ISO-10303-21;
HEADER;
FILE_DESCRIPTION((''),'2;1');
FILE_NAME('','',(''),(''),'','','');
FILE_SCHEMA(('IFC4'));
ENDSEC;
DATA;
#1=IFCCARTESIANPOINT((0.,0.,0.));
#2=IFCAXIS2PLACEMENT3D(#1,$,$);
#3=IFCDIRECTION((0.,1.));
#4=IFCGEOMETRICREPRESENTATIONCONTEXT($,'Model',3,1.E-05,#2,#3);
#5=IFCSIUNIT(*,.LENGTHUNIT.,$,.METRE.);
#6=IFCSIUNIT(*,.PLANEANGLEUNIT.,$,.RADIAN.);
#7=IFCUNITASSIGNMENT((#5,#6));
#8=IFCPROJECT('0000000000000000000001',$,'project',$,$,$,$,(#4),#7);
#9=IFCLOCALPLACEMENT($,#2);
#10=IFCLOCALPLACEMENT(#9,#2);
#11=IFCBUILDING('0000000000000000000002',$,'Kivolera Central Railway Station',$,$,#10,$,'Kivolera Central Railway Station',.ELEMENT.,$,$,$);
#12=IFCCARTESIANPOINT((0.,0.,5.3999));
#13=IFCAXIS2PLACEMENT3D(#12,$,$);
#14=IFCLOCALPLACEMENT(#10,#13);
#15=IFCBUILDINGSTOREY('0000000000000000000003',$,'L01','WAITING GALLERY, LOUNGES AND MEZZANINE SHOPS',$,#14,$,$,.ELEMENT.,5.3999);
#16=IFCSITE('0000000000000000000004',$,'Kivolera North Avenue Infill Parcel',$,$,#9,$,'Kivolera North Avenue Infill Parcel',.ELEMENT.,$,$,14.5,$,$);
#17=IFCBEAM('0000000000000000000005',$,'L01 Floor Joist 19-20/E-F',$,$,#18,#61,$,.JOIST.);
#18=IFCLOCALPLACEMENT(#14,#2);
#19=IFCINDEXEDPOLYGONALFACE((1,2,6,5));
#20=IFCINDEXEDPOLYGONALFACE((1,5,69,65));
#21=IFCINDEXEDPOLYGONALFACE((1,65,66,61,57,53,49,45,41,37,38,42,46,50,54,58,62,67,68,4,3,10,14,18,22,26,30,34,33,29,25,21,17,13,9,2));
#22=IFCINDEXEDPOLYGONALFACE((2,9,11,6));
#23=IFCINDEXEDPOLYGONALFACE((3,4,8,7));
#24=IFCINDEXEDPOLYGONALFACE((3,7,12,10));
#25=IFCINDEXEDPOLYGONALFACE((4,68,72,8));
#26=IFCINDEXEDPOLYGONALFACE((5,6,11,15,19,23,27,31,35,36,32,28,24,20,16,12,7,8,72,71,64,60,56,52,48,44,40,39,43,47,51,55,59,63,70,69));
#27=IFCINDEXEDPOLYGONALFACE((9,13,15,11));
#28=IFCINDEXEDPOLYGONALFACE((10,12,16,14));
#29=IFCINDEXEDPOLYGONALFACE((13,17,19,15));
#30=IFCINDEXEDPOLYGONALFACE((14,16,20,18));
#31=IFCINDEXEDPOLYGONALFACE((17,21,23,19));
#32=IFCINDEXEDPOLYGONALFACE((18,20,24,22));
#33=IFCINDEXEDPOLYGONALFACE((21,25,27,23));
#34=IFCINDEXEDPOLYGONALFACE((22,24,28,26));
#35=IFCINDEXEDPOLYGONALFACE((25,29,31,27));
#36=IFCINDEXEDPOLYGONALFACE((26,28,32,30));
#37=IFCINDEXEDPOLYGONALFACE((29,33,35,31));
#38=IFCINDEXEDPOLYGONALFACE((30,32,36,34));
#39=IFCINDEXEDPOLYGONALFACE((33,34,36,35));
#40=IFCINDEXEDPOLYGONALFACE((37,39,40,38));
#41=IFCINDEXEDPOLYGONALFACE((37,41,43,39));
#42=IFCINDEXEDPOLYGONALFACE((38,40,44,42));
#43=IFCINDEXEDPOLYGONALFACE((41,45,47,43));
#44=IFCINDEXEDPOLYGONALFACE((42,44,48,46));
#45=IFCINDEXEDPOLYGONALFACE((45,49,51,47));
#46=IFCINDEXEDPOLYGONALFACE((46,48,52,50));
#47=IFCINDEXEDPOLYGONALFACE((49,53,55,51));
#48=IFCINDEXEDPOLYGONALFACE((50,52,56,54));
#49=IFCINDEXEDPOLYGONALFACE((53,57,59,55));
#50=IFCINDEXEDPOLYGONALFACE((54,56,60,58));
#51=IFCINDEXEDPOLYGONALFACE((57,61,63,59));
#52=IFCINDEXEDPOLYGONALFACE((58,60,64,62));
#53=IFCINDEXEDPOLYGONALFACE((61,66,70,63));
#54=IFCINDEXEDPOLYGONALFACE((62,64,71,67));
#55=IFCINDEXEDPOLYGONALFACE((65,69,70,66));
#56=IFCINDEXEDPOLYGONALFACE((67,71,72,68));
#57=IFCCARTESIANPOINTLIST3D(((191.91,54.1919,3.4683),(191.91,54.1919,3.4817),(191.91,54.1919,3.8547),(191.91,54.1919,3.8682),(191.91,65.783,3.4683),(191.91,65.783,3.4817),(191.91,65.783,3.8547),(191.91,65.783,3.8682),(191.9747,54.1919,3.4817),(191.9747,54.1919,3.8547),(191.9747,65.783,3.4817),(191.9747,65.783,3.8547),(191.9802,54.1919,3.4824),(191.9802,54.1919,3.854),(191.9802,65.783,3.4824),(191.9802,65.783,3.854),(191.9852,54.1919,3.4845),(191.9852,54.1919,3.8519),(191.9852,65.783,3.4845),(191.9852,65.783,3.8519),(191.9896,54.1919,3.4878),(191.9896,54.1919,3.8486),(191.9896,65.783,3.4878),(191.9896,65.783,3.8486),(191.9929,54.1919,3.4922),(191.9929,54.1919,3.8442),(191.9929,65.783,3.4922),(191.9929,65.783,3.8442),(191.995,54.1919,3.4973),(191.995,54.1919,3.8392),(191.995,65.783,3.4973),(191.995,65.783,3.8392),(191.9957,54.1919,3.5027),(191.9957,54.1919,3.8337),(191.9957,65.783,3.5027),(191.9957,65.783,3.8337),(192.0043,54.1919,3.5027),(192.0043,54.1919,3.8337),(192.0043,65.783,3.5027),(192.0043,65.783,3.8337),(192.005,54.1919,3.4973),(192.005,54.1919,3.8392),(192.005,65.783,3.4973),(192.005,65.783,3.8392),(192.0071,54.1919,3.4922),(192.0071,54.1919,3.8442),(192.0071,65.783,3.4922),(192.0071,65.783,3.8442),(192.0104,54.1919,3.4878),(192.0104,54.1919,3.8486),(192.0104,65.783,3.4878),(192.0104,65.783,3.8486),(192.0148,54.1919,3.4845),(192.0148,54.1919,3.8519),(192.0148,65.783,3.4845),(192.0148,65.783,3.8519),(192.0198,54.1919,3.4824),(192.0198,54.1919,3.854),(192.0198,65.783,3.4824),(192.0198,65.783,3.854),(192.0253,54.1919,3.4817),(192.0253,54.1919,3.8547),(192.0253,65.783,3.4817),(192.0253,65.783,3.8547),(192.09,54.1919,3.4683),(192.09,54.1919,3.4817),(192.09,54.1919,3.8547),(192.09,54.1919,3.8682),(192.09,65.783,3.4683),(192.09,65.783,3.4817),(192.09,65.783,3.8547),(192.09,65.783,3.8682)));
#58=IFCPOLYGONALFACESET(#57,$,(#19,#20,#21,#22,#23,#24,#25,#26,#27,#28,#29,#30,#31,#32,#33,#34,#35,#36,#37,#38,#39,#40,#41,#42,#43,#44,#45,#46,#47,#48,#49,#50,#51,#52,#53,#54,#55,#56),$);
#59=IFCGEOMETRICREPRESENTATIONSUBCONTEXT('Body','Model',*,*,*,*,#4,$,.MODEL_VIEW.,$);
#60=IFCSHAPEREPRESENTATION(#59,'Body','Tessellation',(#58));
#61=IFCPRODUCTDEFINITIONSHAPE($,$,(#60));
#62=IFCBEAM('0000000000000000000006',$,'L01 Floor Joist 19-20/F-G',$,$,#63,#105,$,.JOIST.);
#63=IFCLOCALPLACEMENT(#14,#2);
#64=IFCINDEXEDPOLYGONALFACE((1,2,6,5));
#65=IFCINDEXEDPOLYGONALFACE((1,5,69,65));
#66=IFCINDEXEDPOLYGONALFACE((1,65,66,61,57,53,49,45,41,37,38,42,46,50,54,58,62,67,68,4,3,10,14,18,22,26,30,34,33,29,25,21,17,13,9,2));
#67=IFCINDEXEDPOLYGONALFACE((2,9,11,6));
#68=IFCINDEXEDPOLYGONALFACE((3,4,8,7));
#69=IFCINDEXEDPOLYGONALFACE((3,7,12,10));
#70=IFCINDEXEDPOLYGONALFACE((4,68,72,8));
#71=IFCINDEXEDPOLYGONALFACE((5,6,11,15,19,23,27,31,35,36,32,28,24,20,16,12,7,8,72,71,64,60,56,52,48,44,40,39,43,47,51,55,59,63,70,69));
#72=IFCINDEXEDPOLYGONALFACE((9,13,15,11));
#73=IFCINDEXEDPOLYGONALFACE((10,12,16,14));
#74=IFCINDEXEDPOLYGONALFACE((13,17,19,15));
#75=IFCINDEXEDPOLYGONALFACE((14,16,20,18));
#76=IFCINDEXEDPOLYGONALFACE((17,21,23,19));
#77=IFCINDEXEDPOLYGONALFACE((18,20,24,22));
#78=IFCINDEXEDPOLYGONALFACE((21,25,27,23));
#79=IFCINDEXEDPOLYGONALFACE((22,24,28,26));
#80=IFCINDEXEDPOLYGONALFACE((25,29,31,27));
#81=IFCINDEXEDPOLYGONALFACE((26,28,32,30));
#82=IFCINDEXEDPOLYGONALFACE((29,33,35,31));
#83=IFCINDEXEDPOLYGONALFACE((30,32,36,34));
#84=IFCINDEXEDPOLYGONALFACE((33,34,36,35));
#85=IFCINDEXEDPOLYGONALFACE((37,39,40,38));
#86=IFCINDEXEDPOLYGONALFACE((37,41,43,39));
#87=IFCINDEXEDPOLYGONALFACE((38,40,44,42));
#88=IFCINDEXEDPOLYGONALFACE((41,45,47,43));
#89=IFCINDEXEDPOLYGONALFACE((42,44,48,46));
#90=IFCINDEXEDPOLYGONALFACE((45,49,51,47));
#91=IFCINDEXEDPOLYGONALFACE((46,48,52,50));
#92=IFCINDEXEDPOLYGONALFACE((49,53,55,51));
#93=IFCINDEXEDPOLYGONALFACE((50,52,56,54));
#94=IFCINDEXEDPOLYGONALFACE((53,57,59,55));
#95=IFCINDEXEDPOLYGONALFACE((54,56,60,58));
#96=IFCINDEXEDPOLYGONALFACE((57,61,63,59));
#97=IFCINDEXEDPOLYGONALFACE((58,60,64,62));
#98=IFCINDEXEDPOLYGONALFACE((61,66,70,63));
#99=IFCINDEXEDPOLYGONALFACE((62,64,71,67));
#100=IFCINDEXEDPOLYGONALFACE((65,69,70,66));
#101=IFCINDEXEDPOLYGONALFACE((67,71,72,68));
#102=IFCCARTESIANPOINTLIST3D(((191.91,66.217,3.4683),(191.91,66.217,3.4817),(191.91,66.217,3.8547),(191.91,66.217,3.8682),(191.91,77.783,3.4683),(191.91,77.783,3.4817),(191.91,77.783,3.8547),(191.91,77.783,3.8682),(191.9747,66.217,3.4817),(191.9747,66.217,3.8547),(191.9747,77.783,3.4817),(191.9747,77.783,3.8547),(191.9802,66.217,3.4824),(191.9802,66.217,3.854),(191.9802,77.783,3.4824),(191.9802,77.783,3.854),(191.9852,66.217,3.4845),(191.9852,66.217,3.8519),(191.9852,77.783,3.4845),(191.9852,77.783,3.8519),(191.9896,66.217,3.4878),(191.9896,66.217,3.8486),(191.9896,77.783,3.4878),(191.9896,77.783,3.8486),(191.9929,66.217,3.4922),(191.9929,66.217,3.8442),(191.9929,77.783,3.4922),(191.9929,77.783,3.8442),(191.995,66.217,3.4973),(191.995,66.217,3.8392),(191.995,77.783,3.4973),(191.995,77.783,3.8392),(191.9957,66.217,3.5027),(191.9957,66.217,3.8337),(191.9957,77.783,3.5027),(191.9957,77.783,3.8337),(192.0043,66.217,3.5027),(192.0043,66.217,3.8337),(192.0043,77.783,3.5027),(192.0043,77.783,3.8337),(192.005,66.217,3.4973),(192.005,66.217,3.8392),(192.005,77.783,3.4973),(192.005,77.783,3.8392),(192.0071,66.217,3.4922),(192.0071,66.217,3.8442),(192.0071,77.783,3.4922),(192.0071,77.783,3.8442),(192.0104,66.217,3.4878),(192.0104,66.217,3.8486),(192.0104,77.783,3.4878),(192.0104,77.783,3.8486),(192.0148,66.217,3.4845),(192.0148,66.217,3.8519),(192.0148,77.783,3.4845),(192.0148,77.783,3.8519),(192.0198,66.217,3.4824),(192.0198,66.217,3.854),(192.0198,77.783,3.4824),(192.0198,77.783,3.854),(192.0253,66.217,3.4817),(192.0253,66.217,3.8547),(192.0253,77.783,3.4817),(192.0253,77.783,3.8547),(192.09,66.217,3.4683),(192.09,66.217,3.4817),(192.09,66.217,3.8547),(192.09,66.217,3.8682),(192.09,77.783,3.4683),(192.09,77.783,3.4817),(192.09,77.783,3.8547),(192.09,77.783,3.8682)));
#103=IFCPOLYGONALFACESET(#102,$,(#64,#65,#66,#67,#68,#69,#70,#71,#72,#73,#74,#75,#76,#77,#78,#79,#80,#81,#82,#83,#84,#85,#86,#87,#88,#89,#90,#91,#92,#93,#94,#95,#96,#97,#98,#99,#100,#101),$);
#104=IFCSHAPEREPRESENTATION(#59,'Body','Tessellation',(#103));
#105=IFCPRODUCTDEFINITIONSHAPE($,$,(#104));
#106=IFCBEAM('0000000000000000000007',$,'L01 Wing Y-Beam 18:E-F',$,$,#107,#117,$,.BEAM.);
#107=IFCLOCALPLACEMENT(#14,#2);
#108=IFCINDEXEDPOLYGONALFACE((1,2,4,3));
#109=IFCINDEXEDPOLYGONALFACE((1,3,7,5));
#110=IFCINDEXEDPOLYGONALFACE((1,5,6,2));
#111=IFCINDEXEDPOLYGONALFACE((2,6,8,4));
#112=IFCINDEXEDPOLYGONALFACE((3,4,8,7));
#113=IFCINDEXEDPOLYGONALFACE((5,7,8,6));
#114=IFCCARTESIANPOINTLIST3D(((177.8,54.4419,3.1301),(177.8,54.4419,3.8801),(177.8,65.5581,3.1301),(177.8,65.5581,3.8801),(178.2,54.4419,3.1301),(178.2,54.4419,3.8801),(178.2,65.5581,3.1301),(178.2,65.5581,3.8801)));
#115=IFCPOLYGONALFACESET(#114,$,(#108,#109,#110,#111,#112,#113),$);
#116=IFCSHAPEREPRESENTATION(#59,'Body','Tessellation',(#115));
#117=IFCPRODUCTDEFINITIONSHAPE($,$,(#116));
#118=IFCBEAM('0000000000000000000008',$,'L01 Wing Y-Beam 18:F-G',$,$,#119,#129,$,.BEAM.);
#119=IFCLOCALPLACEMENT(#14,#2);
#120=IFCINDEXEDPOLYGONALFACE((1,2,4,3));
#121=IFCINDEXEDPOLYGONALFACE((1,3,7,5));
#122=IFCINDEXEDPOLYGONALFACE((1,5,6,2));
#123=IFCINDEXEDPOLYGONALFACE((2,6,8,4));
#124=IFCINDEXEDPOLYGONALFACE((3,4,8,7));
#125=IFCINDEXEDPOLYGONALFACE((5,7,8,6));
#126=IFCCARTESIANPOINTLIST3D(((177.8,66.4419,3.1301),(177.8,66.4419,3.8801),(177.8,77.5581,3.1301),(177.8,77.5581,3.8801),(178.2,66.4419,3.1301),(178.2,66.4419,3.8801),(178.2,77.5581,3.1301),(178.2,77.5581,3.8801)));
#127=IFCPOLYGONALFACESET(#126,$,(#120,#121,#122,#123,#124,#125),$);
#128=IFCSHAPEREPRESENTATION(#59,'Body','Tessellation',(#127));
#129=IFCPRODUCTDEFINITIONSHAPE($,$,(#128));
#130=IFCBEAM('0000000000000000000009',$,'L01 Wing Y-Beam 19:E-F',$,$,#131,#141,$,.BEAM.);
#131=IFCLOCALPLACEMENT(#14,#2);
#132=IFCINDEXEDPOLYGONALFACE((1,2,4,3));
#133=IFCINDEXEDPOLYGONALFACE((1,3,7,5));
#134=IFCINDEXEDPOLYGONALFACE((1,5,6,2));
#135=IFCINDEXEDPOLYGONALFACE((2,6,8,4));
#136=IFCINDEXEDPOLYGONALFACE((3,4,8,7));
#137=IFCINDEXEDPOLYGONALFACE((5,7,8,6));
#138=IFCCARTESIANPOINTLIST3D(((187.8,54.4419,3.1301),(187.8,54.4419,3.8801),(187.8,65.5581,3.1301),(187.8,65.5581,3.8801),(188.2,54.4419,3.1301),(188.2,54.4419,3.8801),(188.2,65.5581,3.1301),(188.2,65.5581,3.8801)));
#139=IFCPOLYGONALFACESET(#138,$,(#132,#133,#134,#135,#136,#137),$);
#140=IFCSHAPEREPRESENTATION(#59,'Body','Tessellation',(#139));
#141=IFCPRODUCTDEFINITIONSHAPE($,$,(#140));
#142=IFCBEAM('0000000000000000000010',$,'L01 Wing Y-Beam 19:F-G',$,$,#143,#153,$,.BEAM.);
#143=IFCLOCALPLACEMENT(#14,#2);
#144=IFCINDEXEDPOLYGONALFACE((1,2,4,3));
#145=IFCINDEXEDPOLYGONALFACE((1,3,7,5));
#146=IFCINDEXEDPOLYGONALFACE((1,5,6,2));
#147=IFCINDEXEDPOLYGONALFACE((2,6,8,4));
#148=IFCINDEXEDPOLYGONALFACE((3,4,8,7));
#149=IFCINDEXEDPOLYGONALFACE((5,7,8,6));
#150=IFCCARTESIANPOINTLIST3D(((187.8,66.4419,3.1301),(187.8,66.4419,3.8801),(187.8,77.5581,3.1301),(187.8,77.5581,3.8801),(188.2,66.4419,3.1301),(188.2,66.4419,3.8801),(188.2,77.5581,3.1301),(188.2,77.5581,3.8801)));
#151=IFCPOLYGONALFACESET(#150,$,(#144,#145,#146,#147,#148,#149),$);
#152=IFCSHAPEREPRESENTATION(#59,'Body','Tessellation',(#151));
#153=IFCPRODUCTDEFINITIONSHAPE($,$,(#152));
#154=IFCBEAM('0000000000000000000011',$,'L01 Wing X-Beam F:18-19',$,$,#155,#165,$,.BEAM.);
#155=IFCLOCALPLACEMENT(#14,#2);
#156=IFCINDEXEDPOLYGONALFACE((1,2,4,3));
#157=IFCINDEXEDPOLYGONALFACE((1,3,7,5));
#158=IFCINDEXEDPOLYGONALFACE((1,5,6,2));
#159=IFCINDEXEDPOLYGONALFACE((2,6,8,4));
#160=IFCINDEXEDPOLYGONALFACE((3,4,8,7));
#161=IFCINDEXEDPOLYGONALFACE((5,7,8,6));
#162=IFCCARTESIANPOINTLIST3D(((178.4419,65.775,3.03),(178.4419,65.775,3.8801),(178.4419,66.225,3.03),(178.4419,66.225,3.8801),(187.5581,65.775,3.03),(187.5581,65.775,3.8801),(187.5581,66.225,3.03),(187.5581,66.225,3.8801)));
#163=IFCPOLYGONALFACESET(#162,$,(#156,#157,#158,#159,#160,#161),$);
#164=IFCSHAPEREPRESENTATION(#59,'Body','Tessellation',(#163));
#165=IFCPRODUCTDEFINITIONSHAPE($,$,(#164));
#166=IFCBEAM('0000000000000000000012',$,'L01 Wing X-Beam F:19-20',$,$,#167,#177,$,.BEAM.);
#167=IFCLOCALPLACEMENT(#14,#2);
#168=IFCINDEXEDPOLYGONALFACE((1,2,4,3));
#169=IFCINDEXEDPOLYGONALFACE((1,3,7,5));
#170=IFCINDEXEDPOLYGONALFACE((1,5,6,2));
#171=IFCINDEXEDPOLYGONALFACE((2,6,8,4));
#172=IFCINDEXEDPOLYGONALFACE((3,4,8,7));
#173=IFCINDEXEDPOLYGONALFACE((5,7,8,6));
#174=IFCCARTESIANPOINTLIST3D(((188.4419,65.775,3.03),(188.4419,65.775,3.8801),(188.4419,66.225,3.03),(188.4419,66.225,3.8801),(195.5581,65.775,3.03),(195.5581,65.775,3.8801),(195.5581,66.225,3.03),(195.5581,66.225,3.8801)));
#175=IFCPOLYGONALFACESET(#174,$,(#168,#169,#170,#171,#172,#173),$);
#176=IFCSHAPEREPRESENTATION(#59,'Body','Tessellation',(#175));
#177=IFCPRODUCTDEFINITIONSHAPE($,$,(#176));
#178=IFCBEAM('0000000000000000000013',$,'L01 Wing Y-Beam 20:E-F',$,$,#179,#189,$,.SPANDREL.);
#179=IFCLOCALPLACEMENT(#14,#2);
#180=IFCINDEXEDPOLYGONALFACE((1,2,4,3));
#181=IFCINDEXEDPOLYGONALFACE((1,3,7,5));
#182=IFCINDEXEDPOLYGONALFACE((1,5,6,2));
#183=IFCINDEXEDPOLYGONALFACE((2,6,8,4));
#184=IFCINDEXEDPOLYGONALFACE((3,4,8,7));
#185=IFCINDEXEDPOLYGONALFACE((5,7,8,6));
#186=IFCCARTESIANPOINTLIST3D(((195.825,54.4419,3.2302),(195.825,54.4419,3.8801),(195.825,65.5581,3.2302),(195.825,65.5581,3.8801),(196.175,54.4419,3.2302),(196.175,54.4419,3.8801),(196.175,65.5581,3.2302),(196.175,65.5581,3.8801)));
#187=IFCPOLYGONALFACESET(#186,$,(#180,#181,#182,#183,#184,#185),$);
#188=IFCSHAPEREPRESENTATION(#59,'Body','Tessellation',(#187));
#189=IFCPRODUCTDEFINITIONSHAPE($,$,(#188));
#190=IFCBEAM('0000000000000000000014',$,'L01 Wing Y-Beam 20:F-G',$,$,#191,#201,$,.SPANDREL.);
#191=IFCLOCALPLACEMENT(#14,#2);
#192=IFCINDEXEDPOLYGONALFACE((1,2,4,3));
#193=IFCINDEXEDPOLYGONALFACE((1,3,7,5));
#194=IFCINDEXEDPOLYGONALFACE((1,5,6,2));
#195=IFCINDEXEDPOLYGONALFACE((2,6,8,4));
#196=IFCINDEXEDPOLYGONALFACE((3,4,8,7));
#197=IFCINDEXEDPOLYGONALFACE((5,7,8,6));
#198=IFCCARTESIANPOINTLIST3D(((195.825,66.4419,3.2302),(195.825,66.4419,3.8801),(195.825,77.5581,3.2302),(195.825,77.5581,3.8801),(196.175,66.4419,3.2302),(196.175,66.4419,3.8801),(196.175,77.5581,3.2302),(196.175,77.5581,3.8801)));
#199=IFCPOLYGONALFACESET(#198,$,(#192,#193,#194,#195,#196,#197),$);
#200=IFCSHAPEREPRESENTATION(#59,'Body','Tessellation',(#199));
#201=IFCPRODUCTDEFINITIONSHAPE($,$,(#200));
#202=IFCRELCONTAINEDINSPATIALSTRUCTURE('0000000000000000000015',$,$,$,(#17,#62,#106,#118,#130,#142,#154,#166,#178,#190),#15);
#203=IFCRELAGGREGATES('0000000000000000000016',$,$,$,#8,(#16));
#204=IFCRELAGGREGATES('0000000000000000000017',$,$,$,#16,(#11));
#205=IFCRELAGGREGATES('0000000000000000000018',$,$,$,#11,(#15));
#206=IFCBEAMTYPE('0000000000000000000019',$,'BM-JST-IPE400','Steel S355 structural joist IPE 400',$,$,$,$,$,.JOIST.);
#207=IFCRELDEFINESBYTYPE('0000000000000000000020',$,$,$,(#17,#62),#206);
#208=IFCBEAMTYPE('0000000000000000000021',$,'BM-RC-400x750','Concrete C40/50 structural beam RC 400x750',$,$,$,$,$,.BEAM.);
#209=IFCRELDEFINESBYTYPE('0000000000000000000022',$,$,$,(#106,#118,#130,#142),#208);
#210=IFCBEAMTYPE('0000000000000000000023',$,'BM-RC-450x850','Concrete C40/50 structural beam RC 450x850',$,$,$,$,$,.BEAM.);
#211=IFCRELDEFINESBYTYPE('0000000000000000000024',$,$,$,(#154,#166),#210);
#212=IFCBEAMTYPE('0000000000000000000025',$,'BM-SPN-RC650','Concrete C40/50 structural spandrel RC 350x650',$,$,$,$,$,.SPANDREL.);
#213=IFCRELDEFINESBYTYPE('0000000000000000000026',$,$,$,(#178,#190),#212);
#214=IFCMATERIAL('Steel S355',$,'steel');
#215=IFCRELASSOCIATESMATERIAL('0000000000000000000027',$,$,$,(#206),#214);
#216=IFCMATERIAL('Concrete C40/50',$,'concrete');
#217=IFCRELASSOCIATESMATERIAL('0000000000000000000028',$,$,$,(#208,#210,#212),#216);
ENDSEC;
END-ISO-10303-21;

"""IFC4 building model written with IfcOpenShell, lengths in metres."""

from ifc_helpers import new_model, si_unit, direction, frame, origin, origin_2d, place, context, subcontext, project, spatial, rectangle, i_section, extrude, material, material_profile, profile_set, type_object, element, save


model = new_model("IFC4")

# Units and contexts
model_context = context("Model", 3, precision=1e-05, world=origin(), true_north=direction((0.0, 1.0)))
body_context = subcontext(model_context, "Body", "Model", "MODEL_VIEW")
ifc_project = project(units=[si_unit("LENGTHUNIT", "METRE"), si_unit("PLANEANGLEUNIT", "RADIAN")], contexts=[model_context])

# Site, building, storey
site_placement = place(None, origin())
site = spatial("IfcSite", under=ifc_project, at=site_placement, Name="Kivolera North Avenue Infill Parcel", LongName="Kivolera North Avenue Infill Parcel", CompositionType="ELEMENT", RefElevation=14.5)
building_placement = place(site_placement, origin())
building = spatial("IfcBuilding", under=site, at=building_placement, Name="Kivolera Central Railway Station", LongName="Kivolera Central Railway Station", CompositionType="ELEMENT")
storey_placement = place(building_placement, frame((0.0, 0.0, 5.3999)))
storey = spatial("IfcBuildingStorey", under=building, at=storey_placement, Name="L01", Description="WAITING GALLERY, LOUNGES AND MEZZANINE SHOPS", CompositionType="ELEMENT", Elevation=5.3999)

# Shared definitions
ifc_material_1 = material(Name="Concrete C40/50", Category="concrete")

# Beams
ifc_material_2 = material(Name="Steel S355", Category="steel")
ifc_material_profile_1 = material_profile(ifc_material_2, i_section(OverallWidth=0.1799, OverallDepth=0.3999, WebThickness=0.0085, FlangeThickness=0.0134, FilletRadius=0.021, at=origin_2d()), Name="IPE 400")
ifc_profile_set_1 = profile_set([ifc_material_profile_1], Name="Steel S355")
beam_type_1 = type_object("IfcBeamType", Name="BM-JST-IPE400", Description="Steel S355 structural joist IPE 400", PredefinedType="JOIST", material=ifc_profile_set_1)
beam_1_placement = place(storey_placement, frame((192.0, 54.1919, 3.6682), z_axis=(0.0, 1.0, 0.0), x_axis=(-1.0, 0.0, 0.0)))
element("IfcBeam", 1, at=beam_1_placement, inside=storey, type_object=beam_type_1, Name="L01 Floor Joist 19-20/E-F", PredefinedType="JOIST", context=body_context, shape_type="SweptSolid", body=[
    extrude(i_section(OverallWidth=0.1799, OverallDepth=0.3999, WebThickness=0.0085, FlangeThickness=0.0134, FilletRadius=0.021, at=origin_2d()), origin(), (0.0, 0.0, 1.0), 11.5911),
])
beam_2_placement = place(storey_placement, frame((192.0, 66.217, 3.6682), z_axis=(0.0, 1.0, 0.0), x_axis=(-1.0, 0.0, 0.0)))
element("IfcBeam", 2, at=beam_2_placement, inside=storey, type_object=beam_type_1, Name="L01 Floor Joist 19-20/F-G", PredefinedType="JOIST", context=body_context, shape_type="SweptSolid", body=[
    extrude(i_section(OverallWidth=0.1799, OverallDepth=0.3999, WebThickness=0.0085, FlangeThickness=0.0134, FilletRadius=0.021, at=origin_2d()), origin(), (0.0, 0.0, 1.0), 11.5659),
])
ifc_material_profile_2 = material_profile(ifc_material_1, rectangle(XDim=0.3999, YDim=0.75, at=origin_2d()), Name="RC 400x750")
ifc_profile_set_2 = profile_set([ifc_material_profile_2], Name="Concrete C40/50")
beam_type_2 = type_object("IfcBeamType", Name="BM-RC-400x750", Description="Concrete C40/50 structural beam RC 400x750", PredefinedType="BEAM", material=ifc_profile_set_2)
for number, where, z_axis, x_axis, name in (
    (3, (178.0, 54.4419, 3.5051), (0.0, 1.0, 0.0), (-1.0, 0.0, 0.0), "L01 Wing Y-Beam 18:E-F"),
    (4, (178.0, 66.4419, 3.5051), (0.0, 1.0, 0.0), (-1.0, 0.0, 0.0), "L01 Wing Y-Beam 18:F-G"),
    (5, (188.0, 54.4419, 3.5051), (0.0, 1.0, 0.0), (-1.0, 0.0, 0.0), "L01 Wing Y-Beam 19:E-F"),
    (6, (188.0, 66.4419, 3.5051), (0.0, 1.0, 0.0), (-1.0, 0.0, 0.0), "L01 Wing Y-Beam 19:F-G"),
):
    element("IfcBeam", number, at=place(storey_placement, frame(where, z_axis=z_axis, x_axis=x_axis)), inside=storey, type_object=beam_type_2, Name=name, PredefinedType="BEAM", context=body_context, shape_type="SweptSolid", body=[
        extrude(rectangle(XDim=0.3999, YDim=0.75, at=origin_2d()), origin(), (0.0, 0.0, 1.0), 11.1162),
    ])
ifc_material_profile_3 = material_profile(ifc_material_1, rectangle(XDim=0.45, YDim=0.8501, at=origin_2d()), Name="RC 450x850")
ifc_profile_set_3 = profile_set([ifc_material_profile_3], Name="Concrete C40/50")
beam_type_3 = type_object("IfcBeamType", Name="BM-RC-450x850", Description="Concrete C40/50 structural beam RC 450x850", PredefinedType="BEAM", material=ifc_profile_set_3)
beam_3_placement = place(storey_placement, frame((178.4419, 66.0, 3.4551), z_axis=(1.0, 0.0, 0.0), x_axis=(0.0, 1.0, 0.0)))
element("IfcBeam", 7, at=beam_3_placement, inside=storey, type_object=beam_type_3, Name="L01 Wing X-Beam F:18-19", PredefinedType="BEAM", context=body_context, shape_type="SweptSolid", body=[
    extrude(rectangle(XDim=0.45, YDim=0.8501, at=origin_2d()), origin(), (0.0, 0.0, 1.0), 9.1162),
])
beam_4_placement = place(storey_placement, frame((188.4419, 66.0, 3.4551), z_axis=(1.0, 0.0, 0.0), x_axis=(0.0, 1.0, 0.0)))
element("IfcBeam", 8, at=beam_4_placement, inside=storey, type_object=beam_type_3, Name="L01 Wing X-Beam F:19-20", PredefinedType="BEAM", context=body_context, shape_type="SweptSolid", body=[
    extrude(rectangle(XDim=0.45, YDim=0.8501, at=origin_2d()), origin(), (0.0, 0.0, 1.0), 7.1162),
])
ifc_material_profile_4 = material_profile(ifc_material_1, rectangle(XDim=0.3501, YDim=0.6499, at=origin_2d()), Name="RC 350x650")
ifc_profile_set_4 = profile_set([ifc_material_profile_4], Name="Concrete C40/50")
beam_type_4 = type_object("IfcBeamType", Name="BM-SPN-RC650", Description="Concrete C40/50 structural spandrel RC 350x650", PredefinedType="SPANDREL", material=ifc_profile_set_4)
for number, where, z_axis, x_axis, name in (
    (9, (196.0, 54.4419, 3.5552), (0.0, 1.0, 0.0), (-1.0, 0.0, 0.0), "L01 Wing Y-Beam 20:E-F"),
    (10, (196.0, 66.4419, 3.5552), (0.0, 1.0, 0.0), (-1.0, 0.0, 0.0), "L01 Wing Y-Beam 20:F-G"),
):
    element("IfcBeam", number, at=place(storey_placement, frame(where, z_axis=z_axis, x_axis=x_axis)), inside=storey, type_object=beam_type_4, Name=name, PredefinedType="SPANDREL", context=body_context, shape_type="SweptSolid", body=[
        extrude(rectangle(XDim=0.3501, YDim=0.6499, at=origin_2d()), origin(), (0.0, 0.0, 1.0), 11.1162),
    ])

save(model, "model.ifc")
